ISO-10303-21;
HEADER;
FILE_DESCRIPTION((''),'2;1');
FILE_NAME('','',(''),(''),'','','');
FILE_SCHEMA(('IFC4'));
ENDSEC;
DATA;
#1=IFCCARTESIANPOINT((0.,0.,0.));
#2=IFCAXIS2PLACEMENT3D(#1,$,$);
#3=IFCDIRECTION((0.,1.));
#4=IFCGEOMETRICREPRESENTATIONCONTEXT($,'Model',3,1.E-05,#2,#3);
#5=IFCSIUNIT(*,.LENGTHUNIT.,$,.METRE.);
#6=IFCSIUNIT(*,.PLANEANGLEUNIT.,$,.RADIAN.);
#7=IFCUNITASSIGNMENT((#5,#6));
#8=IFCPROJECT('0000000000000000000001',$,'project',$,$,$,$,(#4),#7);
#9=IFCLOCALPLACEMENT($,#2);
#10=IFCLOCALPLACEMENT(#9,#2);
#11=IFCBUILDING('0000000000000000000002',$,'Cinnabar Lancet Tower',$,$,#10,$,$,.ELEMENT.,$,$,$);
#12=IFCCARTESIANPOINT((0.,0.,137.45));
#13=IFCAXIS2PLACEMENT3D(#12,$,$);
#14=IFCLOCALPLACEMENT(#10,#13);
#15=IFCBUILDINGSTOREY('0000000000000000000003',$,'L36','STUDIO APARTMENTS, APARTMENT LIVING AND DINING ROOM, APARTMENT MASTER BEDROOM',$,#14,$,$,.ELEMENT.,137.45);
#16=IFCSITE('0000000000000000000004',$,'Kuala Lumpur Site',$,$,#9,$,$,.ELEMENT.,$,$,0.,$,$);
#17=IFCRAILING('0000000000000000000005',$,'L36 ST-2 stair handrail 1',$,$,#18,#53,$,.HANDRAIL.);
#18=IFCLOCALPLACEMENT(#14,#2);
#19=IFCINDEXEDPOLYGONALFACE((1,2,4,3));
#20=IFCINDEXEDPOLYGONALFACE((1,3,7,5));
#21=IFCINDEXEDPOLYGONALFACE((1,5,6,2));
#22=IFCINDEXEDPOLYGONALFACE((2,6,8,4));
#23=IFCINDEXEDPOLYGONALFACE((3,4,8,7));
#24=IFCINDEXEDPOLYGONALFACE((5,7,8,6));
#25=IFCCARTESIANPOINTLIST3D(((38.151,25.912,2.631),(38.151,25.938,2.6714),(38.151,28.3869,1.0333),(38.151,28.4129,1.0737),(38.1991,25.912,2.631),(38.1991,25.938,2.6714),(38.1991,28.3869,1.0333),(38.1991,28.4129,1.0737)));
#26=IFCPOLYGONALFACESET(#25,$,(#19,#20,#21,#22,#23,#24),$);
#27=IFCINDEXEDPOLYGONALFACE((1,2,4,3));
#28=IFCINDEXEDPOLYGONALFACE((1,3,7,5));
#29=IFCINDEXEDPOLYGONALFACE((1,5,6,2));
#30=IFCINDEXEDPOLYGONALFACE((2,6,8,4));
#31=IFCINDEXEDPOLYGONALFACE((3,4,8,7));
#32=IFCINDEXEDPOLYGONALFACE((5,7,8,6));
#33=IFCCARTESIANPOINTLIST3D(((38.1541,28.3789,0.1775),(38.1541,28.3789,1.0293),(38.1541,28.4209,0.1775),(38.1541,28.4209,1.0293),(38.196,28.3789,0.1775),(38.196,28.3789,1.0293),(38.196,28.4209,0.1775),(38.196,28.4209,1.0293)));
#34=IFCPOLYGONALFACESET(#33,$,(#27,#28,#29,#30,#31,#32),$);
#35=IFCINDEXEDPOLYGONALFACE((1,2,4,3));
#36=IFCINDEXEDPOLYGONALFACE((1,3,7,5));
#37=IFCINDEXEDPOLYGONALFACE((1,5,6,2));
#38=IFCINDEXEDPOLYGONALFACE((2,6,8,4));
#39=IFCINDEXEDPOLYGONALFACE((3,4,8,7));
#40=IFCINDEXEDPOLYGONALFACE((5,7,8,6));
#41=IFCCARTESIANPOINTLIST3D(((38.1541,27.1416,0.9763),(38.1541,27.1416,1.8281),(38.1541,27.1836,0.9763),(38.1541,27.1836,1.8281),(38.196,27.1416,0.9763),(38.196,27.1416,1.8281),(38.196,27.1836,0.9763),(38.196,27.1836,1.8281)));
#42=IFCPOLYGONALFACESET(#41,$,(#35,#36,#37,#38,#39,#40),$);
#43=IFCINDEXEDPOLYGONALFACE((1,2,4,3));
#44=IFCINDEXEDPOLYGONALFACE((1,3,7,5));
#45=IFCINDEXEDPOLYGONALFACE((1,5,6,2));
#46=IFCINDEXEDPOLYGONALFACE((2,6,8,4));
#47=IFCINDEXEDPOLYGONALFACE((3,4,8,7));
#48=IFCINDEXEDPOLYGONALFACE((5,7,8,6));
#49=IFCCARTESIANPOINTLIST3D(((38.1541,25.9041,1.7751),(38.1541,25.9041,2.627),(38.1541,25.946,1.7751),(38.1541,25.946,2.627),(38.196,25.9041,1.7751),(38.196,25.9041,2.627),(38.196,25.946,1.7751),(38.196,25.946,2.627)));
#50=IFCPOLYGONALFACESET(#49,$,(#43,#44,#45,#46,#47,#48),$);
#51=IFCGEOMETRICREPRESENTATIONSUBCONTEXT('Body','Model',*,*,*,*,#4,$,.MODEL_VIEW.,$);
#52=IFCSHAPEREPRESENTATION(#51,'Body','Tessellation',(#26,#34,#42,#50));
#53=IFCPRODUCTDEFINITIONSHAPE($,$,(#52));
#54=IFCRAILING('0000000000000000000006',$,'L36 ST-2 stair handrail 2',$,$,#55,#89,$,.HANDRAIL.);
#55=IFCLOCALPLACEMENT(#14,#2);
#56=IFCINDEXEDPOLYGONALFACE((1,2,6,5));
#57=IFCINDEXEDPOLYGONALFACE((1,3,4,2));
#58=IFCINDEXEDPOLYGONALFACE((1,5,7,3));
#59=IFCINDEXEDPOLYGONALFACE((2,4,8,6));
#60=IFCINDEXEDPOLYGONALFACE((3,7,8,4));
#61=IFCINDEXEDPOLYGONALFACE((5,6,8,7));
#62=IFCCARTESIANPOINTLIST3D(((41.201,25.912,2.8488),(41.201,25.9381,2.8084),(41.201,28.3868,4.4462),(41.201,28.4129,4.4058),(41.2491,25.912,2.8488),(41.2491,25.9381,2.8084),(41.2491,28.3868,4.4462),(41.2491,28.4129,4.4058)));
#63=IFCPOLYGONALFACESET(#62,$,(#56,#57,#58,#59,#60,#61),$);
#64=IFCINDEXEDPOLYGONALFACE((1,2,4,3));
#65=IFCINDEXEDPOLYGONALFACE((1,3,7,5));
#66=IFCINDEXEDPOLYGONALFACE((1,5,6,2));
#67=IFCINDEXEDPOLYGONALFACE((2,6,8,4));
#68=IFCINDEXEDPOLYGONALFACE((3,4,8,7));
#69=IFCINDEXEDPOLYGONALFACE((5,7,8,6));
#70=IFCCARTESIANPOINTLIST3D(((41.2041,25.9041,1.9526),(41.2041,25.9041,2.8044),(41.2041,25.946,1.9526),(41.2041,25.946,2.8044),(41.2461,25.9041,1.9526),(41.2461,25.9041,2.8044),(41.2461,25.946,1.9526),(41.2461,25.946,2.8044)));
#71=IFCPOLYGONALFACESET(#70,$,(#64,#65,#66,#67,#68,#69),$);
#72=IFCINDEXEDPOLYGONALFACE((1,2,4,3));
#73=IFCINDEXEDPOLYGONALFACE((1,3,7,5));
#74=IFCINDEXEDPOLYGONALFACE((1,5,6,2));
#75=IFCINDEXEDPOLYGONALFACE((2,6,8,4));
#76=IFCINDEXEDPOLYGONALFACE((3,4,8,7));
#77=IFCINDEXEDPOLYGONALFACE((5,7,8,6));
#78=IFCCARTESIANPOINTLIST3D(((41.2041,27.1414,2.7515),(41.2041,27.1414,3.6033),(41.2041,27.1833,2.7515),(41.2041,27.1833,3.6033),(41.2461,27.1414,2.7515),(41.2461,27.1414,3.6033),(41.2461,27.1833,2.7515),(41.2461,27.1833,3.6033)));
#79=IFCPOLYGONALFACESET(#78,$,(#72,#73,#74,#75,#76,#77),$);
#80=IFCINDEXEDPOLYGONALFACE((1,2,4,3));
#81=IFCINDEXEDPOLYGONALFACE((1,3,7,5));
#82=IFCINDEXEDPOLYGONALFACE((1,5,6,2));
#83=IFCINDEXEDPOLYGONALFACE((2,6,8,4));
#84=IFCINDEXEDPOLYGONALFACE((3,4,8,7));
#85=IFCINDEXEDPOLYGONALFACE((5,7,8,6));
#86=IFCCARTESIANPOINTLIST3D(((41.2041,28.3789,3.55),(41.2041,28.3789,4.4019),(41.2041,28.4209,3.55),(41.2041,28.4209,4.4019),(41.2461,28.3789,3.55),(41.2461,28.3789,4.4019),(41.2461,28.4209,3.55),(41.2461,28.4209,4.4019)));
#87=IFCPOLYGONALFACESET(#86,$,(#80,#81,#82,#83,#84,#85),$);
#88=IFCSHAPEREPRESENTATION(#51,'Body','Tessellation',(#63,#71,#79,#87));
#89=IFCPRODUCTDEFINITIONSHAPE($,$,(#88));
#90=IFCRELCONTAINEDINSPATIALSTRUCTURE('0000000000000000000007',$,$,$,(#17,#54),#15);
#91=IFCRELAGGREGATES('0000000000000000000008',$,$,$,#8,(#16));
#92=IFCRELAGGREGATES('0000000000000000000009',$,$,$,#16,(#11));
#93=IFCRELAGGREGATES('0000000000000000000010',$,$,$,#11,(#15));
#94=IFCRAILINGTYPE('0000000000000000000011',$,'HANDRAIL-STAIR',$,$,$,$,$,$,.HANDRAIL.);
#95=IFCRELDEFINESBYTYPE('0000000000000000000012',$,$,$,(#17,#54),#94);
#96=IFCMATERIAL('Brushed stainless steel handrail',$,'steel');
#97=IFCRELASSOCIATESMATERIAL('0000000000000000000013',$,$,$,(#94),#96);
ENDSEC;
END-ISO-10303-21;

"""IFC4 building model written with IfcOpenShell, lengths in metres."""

from ifc_helpers import new_model, si_unit, direction, frame, origin, origin_2d, place, context, subcontext, project, spatial, rectangle, extrude, material, type_object, element, save


model = new_model("IFC4")

# Units and contexts
model_context = context("Model", 3, precision=1e-05, world=origin(), true_north=direction((0.0, 1.0)))
body_context = subcontext(model_context, "Body", "Model", "MODEL_VIEW")
ifc_project = project(units=[si_unit("LENGTHUNIT", "METRE"), si_unit("PLANEANGLEUNIT", "RADIAN")], contexts=[model_context])

# Site, building, storey
site_placement = place(None, origin())
site = spatial("IfcSite", under=ifc_project, at=site_placement, Name="Kuala Lumpur Site", CompositionType="ELEMENT", RefElevation=0.0)
building_placement = place(site_placement, origin())
building = spatial("IfcBuilding", under=site, at=building_placement, Name="Cinnabar Lancet Tower", CompositionType="ELEMENT")
storey_placement = place(building_placement, frame((0.0, 0.0, 137.45)))
storey = spatial("IfcBuildingStorey", under=building, at=storey_placement, Name="L36", Description="STUDIO APARTMENTS, APARTMENT LIVING AND DINING ROOM, APARTMENT MASTER BEDROOM", CompositionType="ELEMENT", Elevation=137.45)

# Railings
ifc_material_1 = material(Name="Brushed stainless steel handrail", Category="steel")
railing_type_1 = type_object("IfcRailingType", Name="HANDRAIL-STAIR", PredefinedType="HANDRAIL", material=ifc_material_1)
railing_1_placement = place(storey_placement, frame((38.175, 28.3999, 0.1775)))
element("IfcRailing", 1, at=railing_1_placement, inside=storey, type_object=railing_type_1, Name="L36 ST-2 stair handrail 1", PredefinedType="HANDRAIL", context=body_context, shape_type="SweptSolid", body=[
    extrude(rectangle(XDim=0.0481, YDim=0.0481, at=origin_2d()), frame((0.0, 0.0, 0.876), z_axis=(0.0, -0.840146, 0.542361), x_axis=(1.0, 0.0, 0.0)), (0.0, 0.0, 1.0), 2.9458),
    extrude(rectangle(XDim=0.042, YDim=0.042, at=origin_2d()), origin(), (0.0, 0.0, 1.0), 0.8518),
    extrude(rectangle(XDim=0.042, YDim=0.042, at=origin_2d()), frame((0.0, -1.2373, 0.7988)), (0.0, 0.0, 1.0), 0.8518),
    extrude(rectangle(XDim=0.042, YDim=0.042, at=origin_2d()), frame((0.0, -2.4749, 1.5977)), (0.0, 0.0, 1.0), 0.8518),
])
railing_2_placement = place(storey_placement, frame((41.2251, 25.925, 1.9526)))
element("IfcRailing", 2, at=railing_2_placement, inside=storey, type_object=railing_type_1, Name="L36 ST-2 stair handrail 2", PredefinedType="HANDRAIL", context=body_context, shape_type="SweptSolid", body=[
    extrude(rectangle(XDim=0.0481, YDim=0.0481, at=origin_2d()), frame((0.0, 0.0, 0.876), z_axis=(0.0, 0.840183, 0.542302), x_axis=(-1.0, 0.0, 0.0)), (0.0, 0.0, 1.0), 2.9456),
    extrude(rectangle(XDim=0.042, YDim=0.042, at=origin_2d()), origin(), (0.0, 0.0, 1.0), 0.8518),
    extrude(rectangle(XDim=0.042, YDim=0.042, at=origin_2d()), frame((0.0, 1.2373, 0.7988)), (0.0, 0.0, 1.0), 0.8518),
    extrude(rectangle(XDim=0.042, YDim=0.042, at=origin_2d()), frame((0.0, 2.4749, 1.5974)), (0.0, 0.0, 1.0), 0.8518),
])

save(model, "model.ifc")
